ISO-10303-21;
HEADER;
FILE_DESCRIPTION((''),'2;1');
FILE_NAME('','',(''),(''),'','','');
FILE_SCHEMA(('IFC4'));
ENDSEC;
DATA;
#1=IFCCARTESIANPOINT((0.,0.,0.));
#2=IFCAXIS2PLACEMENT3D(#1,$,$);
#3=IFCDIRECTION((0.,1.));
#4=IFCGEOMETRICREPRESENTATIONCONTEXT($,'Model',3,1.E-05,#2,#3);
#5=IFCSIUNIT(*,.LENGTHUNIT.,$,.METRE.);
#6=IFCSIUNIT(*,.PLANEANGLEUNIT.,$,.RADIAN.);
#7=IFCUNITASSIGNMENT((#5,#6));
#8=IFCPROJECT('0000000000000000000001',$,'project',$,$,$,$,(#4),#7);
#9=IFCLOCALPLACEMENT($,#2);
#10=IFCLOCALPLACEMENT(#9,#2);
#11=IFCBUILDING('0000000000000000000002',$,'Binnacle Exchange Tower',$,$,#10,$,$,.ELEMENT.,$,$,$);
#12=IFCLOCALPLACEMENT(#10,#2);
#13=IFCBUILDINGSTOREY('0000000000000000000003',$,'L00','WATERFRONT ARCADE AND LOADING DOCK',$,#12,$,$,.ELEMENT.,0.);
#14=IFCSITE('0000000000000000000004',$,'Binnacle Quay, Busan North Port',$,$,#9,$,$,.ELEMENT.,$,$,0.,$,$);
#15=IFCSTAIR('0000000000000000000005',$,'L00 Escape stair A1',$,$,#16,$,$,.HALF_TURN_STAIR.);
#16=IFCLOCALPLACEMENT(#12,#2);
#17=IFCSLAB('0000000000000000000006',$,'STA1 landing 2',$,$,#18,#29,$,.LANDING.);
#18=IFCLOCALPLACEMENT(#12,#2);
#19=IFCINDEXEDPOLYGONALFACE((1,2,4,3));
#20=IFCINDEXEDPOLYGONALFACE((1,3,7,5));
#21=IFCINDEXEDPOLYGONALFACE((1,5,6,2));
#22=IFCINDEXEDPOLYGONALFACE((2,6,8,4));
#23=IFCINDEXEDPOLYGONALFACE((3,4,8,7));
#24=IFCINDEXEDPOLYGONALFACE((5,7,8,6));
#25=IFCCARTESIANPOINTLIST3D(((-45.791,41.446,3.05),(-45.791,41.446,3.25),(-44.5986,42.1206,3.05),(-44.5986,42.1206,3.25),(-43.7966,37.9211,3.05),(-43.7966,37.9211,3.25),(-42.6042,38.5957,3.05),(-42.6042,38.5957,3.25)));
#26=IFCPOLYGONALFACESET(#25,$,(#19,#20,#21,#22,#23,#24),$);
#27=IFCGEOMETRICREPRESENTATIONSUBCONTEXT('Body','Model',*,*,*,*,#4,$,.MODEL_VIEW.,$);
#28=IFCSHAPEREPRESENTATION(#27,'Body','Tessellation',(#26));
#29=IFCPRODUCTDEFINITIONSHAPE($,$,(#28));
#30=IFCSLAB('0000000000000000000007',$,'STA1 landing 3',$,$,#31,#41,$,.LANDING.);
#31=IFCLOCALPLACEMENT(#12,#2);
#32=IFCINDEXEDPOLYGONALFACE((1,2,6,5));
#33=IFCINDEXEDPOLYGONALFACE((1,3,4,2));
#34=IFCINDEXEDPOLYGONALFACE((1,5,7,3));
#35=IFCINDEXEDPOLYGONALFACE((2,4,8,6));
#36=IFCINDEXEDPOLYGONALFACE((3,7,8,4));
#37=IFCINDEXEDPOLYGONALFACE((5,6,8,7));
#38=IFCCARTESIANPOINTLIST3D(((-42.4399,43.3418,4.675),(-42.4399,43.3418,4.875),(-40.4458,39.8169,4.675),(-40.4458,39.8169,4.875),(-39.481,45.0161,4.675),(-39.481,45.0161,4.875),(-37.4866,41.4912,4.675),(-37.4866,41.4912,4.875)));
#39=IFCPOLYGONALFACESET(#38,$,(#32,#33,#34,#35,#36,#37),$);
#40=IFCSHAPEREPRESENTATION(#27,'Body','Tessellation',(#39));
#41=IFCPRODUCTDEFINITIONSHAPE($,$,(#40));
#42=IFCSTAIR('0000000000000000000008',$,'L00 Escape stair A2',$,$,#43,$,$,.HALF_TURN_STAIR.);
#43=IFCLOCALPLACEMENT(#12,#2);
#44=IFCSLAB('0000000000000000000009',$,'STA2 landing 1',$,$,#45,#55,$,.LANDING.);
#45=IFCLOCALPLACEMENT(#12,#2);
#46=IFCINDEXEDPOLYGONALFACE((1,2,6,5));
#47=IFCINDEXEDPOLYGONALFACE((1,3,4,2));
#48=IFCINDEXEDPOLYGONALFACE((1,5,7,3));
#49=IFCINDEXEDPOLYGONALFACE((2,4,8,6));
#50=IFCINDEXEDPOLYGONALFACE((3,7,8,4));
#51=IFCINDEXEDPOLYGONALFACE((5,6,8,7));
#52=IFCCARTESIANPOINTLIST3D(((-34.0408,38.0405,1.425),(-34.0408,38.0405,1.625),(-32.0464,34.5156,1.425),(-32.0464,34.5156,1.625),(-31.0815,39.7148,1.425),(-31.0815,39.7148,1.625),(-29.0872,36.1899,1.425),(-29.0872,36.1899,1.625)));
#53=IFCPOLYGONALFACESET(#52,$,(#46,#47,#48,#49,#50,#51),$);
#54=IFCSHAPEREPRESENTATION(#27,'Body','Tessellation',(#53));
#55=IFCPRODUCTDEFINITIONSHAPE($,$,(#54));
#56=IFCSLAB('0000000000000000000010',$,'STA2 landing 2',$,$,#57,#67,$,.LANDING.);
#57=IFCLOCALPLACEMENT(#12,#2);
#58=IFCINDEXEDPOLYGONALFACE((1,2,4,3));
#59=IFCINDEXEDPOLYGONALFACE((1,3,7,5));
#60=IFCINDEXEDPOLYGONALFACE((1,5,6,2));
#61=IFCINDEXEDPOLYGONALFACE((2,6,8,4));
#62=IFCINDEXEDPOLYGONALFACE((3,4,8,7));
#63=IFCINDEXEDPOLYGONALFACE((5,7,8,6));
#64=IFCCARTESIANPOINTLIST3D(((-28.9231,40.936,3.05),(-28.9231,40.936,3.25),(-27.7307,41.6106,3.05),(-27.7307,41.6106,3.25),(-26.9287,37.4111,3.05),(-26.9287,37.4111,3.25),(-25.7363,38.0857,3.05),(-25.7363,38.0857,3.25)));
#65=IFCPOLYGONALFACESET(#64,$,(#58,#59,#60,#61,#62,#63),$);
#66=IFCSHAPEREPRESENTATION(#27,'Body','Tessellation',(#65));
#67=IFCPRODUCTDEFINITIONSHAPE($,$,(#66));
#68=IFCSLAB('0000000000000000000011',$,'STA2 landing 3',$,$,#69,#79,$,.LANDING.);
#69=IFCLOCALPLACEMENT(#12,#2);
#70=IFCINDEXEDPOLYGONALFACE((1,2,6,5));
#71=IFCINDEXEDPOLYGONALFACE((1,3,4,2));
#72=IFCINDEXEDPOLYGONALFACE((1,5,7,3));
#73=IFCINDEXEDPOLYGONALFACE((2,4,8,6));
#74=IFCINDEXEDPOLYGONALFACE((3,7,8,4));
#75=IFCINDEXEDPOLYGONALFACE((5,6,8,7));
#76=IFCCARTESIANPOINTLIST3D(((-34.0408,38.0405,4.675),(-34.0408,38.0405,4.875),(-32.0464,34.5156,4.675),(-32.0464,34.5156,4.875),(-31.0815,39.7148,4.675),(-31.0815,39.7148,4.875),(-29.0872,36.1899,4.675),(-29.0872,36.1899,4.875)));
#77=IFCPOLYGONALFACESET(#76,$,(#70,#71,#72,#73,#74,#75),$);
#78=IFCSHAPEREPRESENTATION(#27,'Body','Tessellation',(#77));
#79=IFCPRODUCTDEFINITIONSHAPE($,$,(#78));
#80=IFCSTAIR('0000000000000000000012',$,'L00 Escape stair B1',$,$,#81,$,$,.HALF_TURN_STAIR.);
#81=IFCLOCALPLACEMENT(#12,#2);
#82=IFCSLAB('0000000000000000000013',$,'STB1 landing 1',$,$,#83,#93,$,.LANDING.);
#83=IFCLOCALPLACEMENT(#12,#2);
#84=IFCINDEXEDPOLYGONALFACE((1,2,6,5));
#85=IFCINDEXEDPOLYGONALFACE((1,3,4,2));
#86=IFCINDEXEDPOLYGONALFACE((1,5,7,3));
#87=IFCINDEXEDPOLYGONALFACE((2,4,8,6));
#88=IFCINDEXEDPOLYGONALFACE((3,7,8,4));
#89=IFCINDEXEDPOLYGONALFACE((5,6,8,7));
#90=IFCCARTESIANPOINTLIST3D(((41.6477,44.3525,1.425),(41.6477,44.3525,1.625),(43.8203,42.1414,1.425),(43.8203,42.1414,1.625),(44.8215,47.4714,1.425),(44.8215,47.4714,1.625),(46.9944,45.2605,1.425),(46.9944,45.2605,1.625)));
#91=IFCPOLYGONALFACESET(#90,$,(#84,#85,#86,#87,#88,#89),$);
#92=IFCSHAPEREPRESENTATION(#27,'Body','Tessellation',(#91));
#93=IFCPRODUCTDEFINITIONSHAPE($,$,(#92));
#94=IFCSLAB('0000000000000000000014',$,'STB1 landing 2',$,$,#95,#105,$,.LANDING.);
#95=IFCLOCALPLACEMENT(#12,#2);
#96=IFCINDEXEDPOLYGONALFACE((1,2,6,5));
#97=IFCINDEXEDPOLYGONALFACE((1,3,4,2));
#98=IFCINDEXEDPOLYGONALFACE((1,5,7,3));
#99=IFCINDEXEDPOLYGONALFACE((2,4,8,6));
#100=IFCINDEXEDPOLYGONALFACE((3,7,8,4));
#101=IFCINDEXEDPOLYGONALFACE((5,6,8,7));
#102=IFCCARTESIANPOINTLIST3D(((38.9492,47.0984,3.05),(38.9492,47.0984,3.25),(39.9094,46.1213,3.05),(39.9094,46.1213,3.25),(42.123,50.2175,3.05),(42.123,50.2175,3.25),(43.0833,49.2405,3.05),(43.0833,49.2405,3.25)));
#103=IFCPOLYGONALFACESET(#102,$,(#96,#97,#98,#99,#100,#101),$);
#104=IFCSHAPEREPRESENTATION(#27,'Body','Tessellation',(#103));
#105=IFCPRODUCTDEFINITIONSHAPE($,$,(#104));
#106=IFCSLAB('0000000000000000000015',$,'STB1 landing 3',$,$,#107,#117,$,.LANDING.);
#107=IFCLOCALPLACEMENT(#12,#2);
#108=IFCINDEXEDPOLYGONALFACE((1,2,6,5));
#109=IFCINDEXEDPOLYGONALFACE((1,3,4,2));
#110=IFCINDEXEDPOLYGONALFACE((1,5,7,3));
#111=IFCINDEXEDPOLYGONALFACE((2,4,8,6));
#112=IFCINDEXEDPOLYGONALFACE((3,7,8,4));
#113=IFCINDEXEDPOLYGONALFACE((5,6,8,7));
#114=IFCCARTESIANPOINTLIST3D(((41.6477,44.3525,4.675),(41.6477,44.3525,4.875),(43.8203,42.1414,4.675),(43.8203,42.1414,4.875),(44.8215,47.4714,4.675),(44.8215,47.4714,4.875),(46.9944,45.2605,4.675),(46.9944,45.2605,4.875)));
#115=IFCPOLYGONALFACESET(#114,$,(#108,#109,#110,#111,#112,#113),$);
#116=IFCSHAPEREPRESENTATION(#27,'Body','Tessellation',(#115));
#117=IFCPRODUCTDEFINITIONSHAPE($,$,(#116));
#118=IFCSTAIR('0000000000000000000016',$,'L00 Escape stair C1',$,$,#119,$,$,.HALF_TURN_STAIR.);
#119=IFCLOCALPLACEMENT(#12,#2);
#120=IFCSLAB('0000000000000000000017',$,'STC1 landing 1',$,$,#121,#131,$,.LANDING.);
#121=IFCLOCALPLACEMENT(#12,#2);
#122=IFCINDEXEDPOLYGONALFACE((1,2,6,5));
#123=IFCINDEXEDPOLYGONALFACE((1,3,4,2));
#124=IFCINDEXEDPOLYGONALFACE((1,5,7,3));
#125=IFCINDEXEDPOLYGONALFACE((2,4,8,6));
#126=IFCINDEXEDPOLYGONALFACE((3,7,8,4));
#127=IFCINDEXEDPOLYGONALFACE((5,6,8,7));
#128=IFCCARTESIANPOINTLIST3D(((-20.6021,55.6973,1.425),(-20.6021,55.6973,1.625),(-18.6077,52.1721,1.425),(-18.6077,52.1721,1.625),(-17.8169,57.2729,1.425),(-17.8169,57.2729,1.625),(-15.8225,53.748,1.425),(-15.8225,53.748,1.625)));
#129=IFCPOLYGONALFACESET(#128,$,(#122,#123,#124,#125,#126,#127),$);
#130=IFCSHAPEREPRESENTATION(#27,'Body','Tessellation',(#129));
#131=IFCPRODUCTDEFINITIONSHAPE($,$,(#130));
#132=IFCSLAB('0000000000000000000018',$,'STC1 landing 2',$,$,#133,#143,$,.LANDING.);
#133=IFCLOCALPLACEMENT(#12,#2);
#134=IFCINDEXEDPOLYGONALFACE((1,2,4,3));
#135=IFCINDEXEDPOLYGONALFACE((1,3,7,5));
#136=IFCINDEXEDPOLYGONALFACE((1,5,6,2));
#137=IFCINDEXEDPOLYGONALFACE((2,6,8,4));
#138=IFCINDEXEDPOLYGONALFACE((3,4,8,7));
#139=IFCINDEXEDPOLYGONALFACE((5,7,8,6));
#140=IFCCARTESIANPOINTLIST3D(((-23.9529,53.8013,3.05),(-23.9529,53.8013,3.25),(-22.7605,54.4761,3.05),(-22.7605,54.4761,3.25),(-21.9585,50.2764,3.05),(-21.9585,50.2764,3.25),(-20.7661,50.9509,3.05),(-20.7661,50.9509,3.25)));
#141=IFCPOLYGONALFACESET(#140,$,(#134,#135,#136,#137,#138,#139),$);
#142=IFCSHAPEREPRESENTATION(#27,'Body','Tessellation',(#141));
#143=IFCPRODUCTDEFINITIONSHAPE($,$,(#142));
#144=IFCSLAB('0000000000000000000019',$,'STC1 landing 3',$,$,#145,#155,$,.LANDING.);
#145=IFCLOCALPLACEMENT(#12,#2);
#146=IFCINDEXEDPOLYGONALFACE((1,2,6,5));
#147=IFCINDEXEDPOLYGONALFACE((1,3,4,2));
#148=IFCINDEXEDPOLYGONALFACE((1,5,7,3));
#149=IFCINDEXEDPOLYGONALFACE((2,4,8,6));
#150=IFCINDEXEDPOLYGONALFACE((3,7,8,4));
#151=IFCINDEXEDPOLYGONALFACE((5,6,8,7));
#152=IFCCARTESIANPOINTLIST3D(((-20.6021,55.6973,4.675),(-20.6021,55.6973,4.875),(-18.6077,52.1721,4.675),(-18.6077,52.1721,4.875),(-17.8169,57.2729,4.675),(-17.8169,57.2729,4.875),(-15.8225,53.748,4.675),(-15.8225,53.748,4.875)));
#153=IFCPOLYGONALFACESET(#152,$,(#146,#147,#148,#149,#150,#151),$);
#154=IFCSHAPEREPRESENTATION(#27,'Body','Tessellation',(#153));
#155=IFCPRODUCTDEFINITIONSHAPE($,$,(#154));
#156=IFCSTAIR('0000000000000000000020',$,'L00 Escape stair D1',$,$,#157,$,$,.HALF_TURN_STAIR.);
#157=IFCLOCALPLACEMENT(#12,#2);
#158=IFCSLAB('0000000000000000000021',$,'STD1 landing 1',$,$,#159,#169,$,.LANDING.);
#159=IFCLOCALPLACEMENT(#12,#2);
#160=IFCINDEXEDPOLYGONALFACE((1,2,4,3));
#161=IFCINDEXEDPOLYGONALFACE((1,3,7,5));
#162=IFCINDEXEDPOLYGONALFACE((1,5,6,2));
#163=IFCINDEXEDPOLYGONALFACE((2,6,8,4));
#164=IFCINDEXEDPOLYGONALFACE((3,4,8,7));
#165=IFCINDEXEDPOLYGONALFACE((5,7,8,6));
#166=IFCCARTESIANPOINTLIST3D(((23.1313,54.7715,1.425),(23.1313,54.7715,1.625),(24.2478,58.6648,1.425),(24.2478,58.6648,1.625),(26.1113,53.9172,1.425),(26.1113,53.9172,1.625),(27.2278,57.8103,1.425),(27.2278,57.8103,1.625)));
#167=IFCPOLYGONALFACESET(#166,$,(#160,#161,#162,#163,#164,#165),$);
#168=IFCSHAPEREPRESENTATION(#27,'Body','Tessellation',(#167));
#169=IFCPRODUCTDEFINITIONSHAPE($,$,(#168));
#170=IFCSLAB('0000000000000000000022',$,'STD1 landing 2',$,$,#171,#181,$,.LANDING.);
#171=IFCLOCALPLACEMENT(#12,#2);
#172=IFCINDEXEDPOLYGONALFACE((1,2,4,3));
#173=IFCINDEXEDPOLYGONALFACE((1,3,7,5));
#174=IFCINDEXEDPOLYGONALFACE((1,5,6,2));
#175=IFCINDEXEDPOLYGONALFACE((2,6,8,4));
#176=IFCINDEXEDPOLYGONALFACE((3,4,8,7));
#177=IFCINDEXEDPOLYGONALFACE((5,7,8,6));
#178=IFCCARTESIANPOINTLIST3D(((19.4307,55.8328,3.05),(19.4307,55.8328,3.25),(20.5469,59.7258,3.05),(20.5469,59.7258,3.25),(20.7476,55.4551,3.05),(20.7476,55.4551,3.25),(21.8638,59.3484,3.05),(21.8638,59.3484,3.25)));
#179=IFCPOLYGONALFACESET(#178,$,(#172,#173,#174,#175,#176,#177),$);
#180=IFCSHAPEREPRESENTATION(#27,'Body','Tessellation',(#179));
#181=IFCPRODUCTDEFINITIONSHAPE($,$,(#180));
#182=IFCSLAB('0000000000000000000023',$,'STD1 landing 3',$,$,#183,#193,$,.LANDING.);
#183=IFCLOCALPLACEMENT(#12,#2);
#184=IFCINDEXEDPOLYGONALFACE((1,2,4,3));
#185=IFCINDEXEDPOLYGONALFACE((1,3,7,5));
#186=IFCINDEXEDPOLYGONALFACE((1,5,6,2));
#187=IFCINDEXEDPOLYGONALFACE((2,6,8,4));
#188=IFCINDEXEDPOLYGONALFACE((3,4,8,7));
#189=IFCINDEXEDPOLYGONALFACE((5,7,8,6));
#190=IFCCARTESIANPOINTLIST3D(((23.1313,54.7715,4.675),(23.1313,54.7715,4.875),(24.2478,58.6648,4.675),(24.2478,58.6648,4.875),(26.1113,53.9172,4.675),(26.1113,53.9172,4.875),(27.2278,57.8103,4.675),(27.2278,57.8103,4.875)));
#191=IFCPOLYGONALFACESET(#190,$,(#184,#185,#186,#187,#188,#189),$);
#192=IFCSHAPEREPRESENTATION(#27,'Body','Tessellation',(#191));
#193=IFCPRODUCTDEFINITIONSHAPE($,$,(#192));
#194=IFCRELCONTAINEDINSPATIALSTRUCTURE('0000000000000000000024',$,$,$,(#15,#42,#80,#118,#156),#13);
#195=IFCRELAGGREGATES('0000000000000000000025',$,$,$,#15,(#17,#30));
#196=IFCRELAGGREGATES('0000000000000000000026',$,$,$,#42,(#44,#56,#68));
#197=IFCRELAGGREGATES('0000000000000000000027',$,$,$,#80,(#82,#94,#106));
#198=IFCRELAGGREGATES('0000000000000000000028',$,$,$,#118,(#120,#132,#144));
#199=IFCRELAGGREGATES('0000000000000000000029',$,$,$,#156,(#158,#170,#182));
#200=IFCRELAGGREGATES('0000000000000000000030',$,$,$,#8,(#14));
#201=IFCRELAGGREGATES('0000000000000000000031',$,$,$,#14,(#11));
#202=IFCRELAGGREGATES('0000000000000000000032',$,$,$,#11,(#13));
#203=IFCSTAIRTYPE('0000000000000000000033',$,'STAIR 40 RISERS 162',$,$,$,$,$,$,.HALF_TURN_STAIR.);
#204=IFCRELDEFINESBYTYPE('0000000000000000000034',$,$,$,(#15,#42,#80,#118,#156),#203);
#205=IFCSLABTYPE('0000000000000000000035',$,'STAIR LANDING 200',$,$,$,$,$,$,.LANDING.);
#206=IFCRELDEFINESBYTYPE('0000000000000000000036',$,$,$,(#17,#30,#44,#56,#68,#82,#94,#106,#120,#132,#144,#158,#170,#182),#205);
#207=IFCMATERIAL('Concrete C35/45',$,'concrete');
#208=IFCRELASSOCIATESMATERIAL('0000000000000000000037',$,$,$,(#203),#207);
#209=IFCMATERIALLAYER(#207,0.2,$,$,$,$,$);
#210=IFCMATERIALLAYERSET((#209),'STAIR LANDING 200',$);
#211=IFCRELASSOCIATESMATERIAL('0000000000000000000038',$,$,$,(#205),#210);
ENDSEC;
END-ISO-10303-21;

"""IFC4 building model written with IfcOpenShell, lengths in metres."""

from ifc_helpers import new_model, si_unit, direction, frame, origin, place, context, subcontext, project, spatial, polyline, outline, extrude, material, layer, layer_set, type_object, element, aggregate, save


model = new_model("IFC4")

# Units and contexts
model_context = context("Model", 3, precision=1e-05, world=origin(), true_north=direction((0.0, 1.0)))
body_context = subcontext(model_context, "Body", "Model", "MODEL_VIEW")
ifc_project = project(units=[si_unit("LENGTHUNIT", "METRE"), si_unit("PLANEANGLEUNIT", "RADIAN")], contexts=[model_context])

# Site, building, storey
site_placement = place(None, origin())
site = spatial("IfcSite", under=ifc_project, at=site_placement, Name="Binnacle Quay, Busan North Port", CompositionType="ELEMENT", RefElevation=0.0)
building_placement = place(site_placement, origin())
building = spatial("IfcBuilding", under=site, at=building_placement, Name="Binnacle Exchange Tower", CompositionType="ELEMENT")
storey_placement = place(building_placement, origin())
storey = spatial("IfcBuildingStorey", under=building, at=storey_placement, Name="L00", Description="WATERFRONT ARCADE AND LOADING DOCK", CompositionType="ELEMENT", Elevation=0.0)

# Shared definitions
ifc_material_1 = material(Name="Concrete C35/45", Category="concrete")

# Stairs, slabs
stair_type = type_object("IfcStairType", Name="STAIR 40 RISERS 162", PredefinedType="HALF_TURN_STAIR", material=ifc_material_1)
stair_1_placement = place(storey_placement, origin())
stair_1 = element("IfcStair", 1, at=stair_1_placement, inside=storey, type_object=stair_type, Name="L00 Escape stair A1", PredefinedType="HALF_TURN_STAIR")
ifc_layer_1 = layer(ifc_material_1, 0.2)
ifc_layer_set_1 = layer_set([ifc_layer_1], Name="STAIR LANDING 200")
slab_type_1 = type_object("IfcSlabType", Name="STAIR LANDING 200", PredefinedType="LANDING", material=ifc_layer_set_1)
slab_1_placement = place(storey_placement, frame((0.0, 0.0, 3.05)))
slab_1 = element("IfcSlab", 2, at=slab_1_placement, type_object=slab_type_1, Name="STA1 landing 2", PredefinedType="LANDING", context=body_context, shape_type="SweptSolid", body=[
    extrude(outline(polyline([(-43.7966, 37.9211), (-42.6042, 38.5957), (-44.5986, 42.1206), (-45.791, 41.446), (-43.7966, 37.9211)])), origin(), (0.0, 0.0, 1.0), 0.2),
])
slab_2_placement = place(storey_placement, frame((0.0, 0.0, 4.675)))
slab_2 = element("IfcSlab", 3, at=slab_2_placement, type_object=slab_type_1, Name="STA1 landing 3", PredefinedType="LANDING", context=body_context, shape_type="SweptSolid", body=[
    extrude(outline(polyline([(-40.4458, 39.8169), (-37.4866, 41.4912), (-39.481, 45.0161), (-42.4399, 43.3418), (-40.4458, 39.8169)])), origin(), (0.0, 0.0, 1.0), 0.2),
])
aggregate(stair_1, [slab_1, slab_2])
stair_2_placement = place(storey_placement, origin())
stair_2 = element("IfcStair", 4, at=stair_2_placement, inside=storey, type_object=stair_type, Name="L00 Escape stair A2", PredefinedType="HALF_TURN_STAIR")
slab_3_placement = place(storey_placement, frame((0.0, 0.0, 1.425)))
slab_3 = element("IfcSlab", 5, at=slab_3_placement, type_object=slab_type_1, Name="STA2 landing 1", PredefinedType="LANDING", context=body_context, shape_type="SweptSolid", body=[
    extrude(outline(polyline([(-31.0815, 39.7148), (-34.0408, 38.0405), (-32.0464, 34.5156), (-29.0872, 36.1899), (-31.0815, 39.7148)])), origin(), (0.0, 0.0, 1.0), 0.2),
])
slab_4_placement = place(storey_placement, frame((0.0, 0.0, 3.05)))
slab_4 = element("IfcSlab", 6, at=slab_4_placement, type_object=slab_type_1, Name="STA2 landing 2", PredefinedType="LANDING", context=body_context, shape_type="SweptSolid", body=[
    extrude(outline(polyline([(-27.7307, 41.6106), (-28.9231, 40.936), (-26.9287, 37.4111), (-25.7363, 38.0857), (-27.7307, 41.6106)])), origin(), (0.0, 0.0, 1.0), 0.2),
])
slab_5_placement = place(storey_placement, frame((0.0, 0.0, 4.675)))
slab_5 = element("IfcSlab", 7, at=slab_5_placement, type_object=slab_type_1, Name="STA2 landing 3", PredefinedType="LANDING", context=body_context, shape_type="SweptSolid", body=[
    extrude(outline(polyline([(-31.0815, 39.7148), (-34.0408, 38.0405), (-32.0464, 34.5156), (-29.0872, 36.1899), (-31.0815, 39.7148)])), origin(), (0.0, 0.0, 1.0), 0.2),
])
aggregate(stair_2, [slab_3, slab_4, slab_5])
stair_3_placement = place(storey_placement, origin())
stair_3 = element("IfcStair", 8, at=stair_3_placement, inside=storey, type_object=stair_type, Name="L00 Escape stair B1", PredefinedType="HALF_TURN_STAIR")
slab_6_placement = place(storey_placement, frame((0.0, 0.0, 1.425)))
slab_6 = element("IfcSlab", 9, at=slab_6_placement, type_object=slab_type_1, Name="STB1 landing 1", PredefinedType="LANDING", context=body_context, shape_type="SweptSolid", body=[
    extrude(outline(polyline([(41.6477, 44.3525), (43.8203, 42.1414), (46.9944, 45.2605), (44.8215, 47.4714), (41.6477, 44.3525)])), origin(), (0.0, 0.0, 1.0), 0.2),
])
slab_7_placement = place(storey_placement, frame((0.0, 0.0, 3.05)))
slab_7 = element("IfcSlab", 10, at=slab_7_placement, type_object=slab_type_1, Name="STB1 landing 2", PredefinedType="LANDING", context=body_context, shape_type="SweptSolid", body=[
    extrude(outline(polyline([(38.9492, 47.0984), (39.9094, 46.1213), (43.0833, 49.2405), (42.123, 50.2175), (38.9492, 47.0984)])), origin(), (0.0, 0.0, 1.0), 0.2),
])
slab_8_placement = place(storey_placement, frame((0.0, 0.0, 4.675)))
slab_8 = element("IfcSlab", 11, at=slab_8_placement, type_object=slab_type_1, Name="STB1 landing 3", PredefinedType="LANDING", context=body_context, shape_type="SweptSolid", body=[
    extrude(outline(polyline([(41.6477, 44.3525), (43.8203, 42.1414), (46.9944, 45.2605), (44.8215, 47.4714), (41.6477, 44.3525)])), origin(), (0.0, 0.0, 1.0), 0.2),
])
aggregate(stair_3, [slab_6, slab_7, slab_8])
stair_4_placement = place(storey_placement, origin())
stair_4 = element("IfcStair", 12, at=stair_4_placement, inside=storey, type_object=stair_type, Name="L00 Escape stair C1", PredefinedType="HALF_TURN_STAIR")
slab_9_placement = place(storey_placement, frame((0.0, 0.0, 1.425)))
slab_9 = element("IfcSlab", 13, at=slab_9_placement, type_object=slab_type_1, Name="STC1 landing 1", PredefinedType="LANDING", context=body_context, shape_type="SweptSolid", body=[
    extrude(outline(polyline([(-18.6077, 52.1721), (-15.8225, 53.748), (-17.8169, 57.2729), (-20.6021, 55.6973), (-18.6077, 52.1721)])), origin(), (0.0, 0.0, 1.0), 0.2),
])
slab_10_placement = place(storey_placement, frame((0.0, 0.0, 3.05)))
slab_10 = element("IfcSlab", 14, at=slab_10_placement, type_object=slab_type_1, Name="STC1 landing 2", PredefinedType="LANDING", context=body_context, shape_type="SweptSolid", body=[
    extrude(outline(polyline([(-21.9585, 50.2764), (-20.7661, 50.9509), (-22.7605, 54.4761), (-23.9529, 53.8013), (-21.9585, 50.2764)])), origin(), (0.0, 0.0, 1.0), 0.2),
])
slab_11_placement = place(storey_placement, frame((0.0, 0.0, 4.675)))
slab_11 = element("IfcSlab", 15, at=slab_11_placement, type_object=slab_type_1, Name="STC1 landing 3", PredefinedType="LANDING", context=body_context, shape_type="SweptSolid", body=[
    extrude(outline(polyline([(-18.6077, 52.1721), (-15.8225, 53.748), (-17.8169, 57.2729), (-20.6021, 55.6973), (-18.6077, 52.1721)])), origin(), (0.0, 0.0, 1.0), 0.2),
])
aggregate(stair_4, [slab_9, slab_10, slab_11])
stair_5_placement = place(storey_placement, origin())
stair_5 = element("IfcStair", 16, at=stair_5_placement, inside=storey, type_object=stair_type, Name="L00 Escape stair D1", PredefinedType="HALF_TURN_STAIR")
slab_12_placement = place(storey_placement, frame((0.0, 0.0, 1.425)))
slab_12 = element("IfcSlab", 17, at=slab_12_placement, type_object=slab_type_1, Name="STD1 landing 1", PredefinedType="LANDING", context=body_context, shape_type="SweptSolid", body=[
    extrude(outline(polyline([(23.1313, 54.7715), (26.1113, 53.9172), (27.2278, 57.8103), (24.2478, 58.6648), (23.1313, 54.7715)])), origin(), (0.0, 0.0, 1.0), 0.2),
])
slab_13_placement = place(storey_placement, frame((0.0, 0.0, 3.05)))
slab_13 = element("IfcSlab", 18, at=slab_13_placement, type_object=slab_type_1, Name="STD1 landing 2", PredefinedType="LANDING", context=body_context, shape_type="SweptSolid", body=[
    extrude(outline(polyline([(19.4307, 55.8328), (20.7476, 55.4551), (21.8638, 59.3484), (20.5469, 59.7258), (19.4307, 55.8328)])), origin(), (0.0, 0.0, 1.0), 0.2),
])
slab_14_placement = place(storey_placement, frame((0.0, 0.0, 4.675)))
slab_14 = element("IfcSlab", 19, at=slab_14_placement, type_object=slab_type_1, Name="STD1 landing 3", PredefinedType="LANDING", context=body_context, shape_type="SweptSolid", body=[
    extrude(outline(polyline([(23.1313, 54.7715), (26.1113, 53.9172), (27.2278, 57.8103), (24.2478, 58.6648), (23.1313, 54.7715)])), origin(), (0.0, 0.0, 1.0), 0.2),
])
aggregate(stair_5, [slab_12, slab_13, slab_14])

save(model, "model.ifc")
